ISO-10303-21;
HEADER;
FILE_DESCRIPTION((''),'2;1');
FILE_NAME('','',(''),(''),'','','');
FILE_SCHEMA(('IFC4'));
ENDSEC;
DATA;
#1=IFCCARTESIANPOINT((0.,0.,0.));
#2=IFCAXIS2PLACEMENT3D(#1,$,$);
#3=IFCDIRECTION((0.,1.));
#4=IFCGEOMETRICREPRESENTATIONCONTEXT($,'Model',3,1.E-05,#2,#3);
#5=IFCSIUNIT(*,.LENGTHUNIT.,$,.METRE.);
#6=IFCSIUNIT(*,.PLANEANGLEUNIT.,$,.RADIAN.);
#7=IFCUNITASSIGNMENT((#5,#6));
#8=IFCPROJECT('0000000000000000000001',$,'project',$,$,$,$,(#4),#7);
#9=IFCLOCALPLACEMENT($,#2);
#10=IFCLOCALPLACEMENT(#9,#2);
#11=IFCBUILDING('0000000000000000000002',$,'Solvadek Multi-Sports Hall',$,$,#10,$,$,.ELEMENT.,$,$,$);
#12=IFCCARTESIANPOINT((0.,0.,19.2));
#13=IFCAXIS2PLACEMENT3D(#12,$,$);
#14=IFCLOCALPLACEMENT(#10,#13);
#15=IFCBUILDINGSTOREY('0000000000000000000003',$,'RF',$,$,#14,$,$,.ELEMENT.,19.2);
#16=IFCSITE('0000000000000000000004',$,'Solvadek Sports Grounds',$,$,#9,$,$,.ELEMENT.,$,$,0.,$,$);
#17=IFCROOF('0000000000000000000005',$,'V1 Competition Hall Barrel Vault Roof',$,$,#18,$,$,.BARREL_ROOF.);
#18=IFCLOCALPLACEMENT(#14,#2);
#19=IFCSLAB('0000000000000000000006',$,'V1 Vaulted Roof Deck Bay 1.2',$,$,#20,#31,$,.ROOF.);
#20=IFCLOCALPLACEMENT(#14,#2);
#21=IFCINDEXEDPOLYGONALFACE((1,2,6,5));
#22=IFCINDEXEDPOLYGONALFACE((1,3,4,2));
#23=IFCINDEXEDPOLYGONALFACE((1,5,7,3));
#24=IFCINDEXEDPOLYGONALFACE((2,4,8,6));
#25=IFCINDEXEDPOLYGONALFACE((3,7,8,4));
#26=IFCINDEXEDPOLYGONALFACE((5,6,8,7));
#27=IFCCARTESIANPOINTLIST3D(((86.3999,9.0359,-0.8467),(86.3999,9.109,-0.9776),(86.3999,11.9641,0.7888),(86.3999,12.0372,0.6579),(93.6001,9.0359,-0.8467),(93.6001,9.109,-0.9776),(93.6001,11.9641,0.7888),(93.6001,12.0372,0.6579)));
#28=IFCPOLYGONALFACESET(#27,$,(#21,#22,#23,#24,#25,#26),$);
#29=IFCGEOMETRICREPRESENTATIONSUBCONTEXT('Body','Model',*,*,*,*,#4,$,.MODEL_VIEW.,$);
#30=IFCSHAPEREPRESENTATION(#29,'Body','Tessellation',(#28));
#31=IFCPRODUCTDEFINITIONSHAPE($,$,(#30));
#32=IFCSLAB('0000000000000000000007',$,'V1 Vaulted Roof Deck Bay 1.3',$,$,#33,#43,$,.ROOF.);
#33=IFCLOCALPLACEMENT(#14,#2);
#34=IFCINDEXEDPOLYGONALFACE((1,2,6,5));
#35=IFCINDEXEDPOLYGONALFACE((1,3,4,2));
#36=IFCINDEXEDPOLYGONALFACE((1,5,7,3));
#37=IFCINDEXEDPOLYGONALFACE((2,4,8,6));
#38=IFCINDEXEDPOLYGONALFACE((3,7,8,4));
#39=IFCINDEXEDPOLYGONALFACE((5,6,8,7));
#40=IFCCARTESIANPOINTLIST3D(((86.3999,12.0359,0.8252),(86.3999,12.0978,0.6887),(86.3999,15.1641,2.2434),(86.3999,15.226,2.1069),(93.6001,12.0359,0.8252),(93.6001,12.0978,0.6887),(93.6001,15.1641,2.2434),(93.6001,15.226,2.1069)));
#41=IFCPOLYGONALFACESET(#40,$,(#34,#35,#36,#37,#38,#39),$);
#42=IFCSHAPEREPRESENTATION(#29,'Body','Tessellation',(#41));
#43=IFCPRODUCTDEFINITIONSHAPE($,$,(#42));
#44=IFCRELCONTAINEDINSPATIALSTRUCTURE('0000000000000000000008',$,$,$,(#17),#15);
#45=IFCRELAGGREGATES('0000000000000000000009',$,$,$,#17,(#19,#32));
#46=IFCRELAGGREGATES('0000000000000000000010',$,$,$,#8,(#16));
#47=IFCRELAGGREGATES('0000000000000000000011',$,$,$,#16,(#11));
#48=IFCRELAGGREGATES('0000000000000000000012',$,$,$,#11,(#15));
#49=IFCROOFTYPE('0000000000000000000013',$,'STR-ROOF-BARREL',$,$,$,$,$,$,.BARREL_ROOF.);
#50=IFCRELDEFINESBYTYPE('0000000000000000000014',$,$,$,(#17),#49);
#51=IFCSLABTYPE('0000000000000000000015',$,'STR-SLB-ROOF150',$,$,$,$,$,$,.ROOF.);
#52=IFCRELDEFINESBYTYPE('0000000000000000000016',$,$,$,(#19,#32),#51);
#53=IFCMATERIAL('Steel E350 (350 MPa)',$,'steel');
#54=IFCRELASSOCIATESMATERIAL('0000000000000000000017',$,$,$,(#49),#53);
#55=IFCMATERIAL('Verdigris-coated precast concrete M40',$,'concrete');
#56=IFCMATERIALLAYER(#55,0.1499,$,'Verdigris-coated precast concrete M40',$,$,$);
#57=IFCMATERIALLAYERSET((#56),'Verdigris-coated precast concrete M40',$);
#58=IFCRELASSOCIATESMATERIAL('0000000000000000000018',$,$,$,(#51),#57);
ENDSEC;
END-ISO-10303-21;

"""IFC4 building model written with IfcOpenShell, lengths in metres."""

from ifc_helpers import new_model, si_unit, direction, frame, origin, place, context, subcontext, project, spatial, polyline, outline, extrude, material, layer, layer_set, type_object, element, aggregate, save


model = new_model("IFC4")

# Units and contexts
model_context = context("Model", 3, precision=1e-05, world=origin(), true_north=direction((0.0, 1.0)))
body_context = subcontext(model_context, "Body", "Model", "MODEL_VIEW")
ifc_project = project(units=[si_unit("LENGTHUNIT", "METRE"), si_unit("PLANEANGLEUNIT", "RADIAN")], contexts=[model_context])

# Site, building, storey
site_placement = place(None, origin())
site = spatial("IfcSite", under=ifc_project, at=site_placement, Name="Solvadek Sports Grounds", CompositionType="ELEMENT", RefElevation=0.0)
building_placement = place(site_placement, origin())
building = spatial("IfcBuilding", under=site, at=building_placement, Name="Solvadek Multi-Sports Hall", CompositionType="ELEMENT")
storey_placement = place(building_placement, frame((0.0, 0.0, 19.2)))
storey = spatial("IfcBuildingStorey", under=building, at=storey_placement, Name="RF", CompositionType="ELEMENT", Elevation=19.2)

# Shared definitions
ifc_material_1 = material(Name="Steel E350 (350 MPa)", Category="steel")

# Roof, slabs
roof_type = type_object("IfcRoofType", Name="STR-ROOF-BARREL", PredefinedType="BARREL_ROOF", material=ifc_material_1)
roof_placement = place(storey_placement, origin())
roof = element("IfcRoof", 1, at=roof_placement, inside=storey, type_object=roof_type, Name="V1 Competition Hall Barrel Vault Roof", PredefinedType="BARREL_ROOF")
ifc_material_2 = material(Name="Verdigris-coated precast concrete M40", Category="concrete")
ifc_layer_1 = layer(ifc_material_2, 0.1499, Name="Verdigris-coated precast concrete M40")
ifc_layer_set_1 = layer_set([ifc_layer_1], Name="Verdigris-coated precast concrete M40")
slab_type = type_object("IfcSlabType", Name="STR-SLB-ROOF150", PredefinedType="ROOF", material=ifc_layer_set_1)
slab_1_placement = place(storey_placement, frame((86.3999, 9.0359, -0.8467), z_axis=(0.0, -0.487626, 0.873053), x_axis=(1.0, 0.0, 0.0)))
slab_1 = element("IfcSlab", 2, at=slab_1_placement, type_object=slab_type, Name="V1 Vaulted Roof Deck Bay 1.2", PredefinedType="ROOF", context=body_context, shape_type="SweptSolid", body=[
    extrude(outline(polyline([(0.0, 0.0), (7.2002, 0.0), (7.2002, 3.354), (0.0, 3.354), (0.0, 0.0)])), origin(), (0.0, 0.0, -1.0), 0.1499),
])
slab_2_placement = place(storey_placement, frame((86.3999, 12.0359, 0.8252), z_axis=(0.0, -0.412914, 0.91077), x_axis=(1.0, 0.0, 0.0)))
slab_2 = element("IfcSlab", 3, at=slab_2_placement, type_object=slab_type, Name="V1 Vaulted Roof Deck Bay 1.3", PredefinedType="ROOF", context=body_context, shape_type="SweptSolid", body=[
    extrude(outline(polyline([(0.0, 0.0), (7.2002, 0.0), (7.2002, 3.4346), (0.0, 3.4346), (0.0, 0.0)])), origin(), (0.0, 0.0, -1.0), 0.1499),
])
aggregate(roof, [slab_1, slab_2])

save(model, "model.ifc")
